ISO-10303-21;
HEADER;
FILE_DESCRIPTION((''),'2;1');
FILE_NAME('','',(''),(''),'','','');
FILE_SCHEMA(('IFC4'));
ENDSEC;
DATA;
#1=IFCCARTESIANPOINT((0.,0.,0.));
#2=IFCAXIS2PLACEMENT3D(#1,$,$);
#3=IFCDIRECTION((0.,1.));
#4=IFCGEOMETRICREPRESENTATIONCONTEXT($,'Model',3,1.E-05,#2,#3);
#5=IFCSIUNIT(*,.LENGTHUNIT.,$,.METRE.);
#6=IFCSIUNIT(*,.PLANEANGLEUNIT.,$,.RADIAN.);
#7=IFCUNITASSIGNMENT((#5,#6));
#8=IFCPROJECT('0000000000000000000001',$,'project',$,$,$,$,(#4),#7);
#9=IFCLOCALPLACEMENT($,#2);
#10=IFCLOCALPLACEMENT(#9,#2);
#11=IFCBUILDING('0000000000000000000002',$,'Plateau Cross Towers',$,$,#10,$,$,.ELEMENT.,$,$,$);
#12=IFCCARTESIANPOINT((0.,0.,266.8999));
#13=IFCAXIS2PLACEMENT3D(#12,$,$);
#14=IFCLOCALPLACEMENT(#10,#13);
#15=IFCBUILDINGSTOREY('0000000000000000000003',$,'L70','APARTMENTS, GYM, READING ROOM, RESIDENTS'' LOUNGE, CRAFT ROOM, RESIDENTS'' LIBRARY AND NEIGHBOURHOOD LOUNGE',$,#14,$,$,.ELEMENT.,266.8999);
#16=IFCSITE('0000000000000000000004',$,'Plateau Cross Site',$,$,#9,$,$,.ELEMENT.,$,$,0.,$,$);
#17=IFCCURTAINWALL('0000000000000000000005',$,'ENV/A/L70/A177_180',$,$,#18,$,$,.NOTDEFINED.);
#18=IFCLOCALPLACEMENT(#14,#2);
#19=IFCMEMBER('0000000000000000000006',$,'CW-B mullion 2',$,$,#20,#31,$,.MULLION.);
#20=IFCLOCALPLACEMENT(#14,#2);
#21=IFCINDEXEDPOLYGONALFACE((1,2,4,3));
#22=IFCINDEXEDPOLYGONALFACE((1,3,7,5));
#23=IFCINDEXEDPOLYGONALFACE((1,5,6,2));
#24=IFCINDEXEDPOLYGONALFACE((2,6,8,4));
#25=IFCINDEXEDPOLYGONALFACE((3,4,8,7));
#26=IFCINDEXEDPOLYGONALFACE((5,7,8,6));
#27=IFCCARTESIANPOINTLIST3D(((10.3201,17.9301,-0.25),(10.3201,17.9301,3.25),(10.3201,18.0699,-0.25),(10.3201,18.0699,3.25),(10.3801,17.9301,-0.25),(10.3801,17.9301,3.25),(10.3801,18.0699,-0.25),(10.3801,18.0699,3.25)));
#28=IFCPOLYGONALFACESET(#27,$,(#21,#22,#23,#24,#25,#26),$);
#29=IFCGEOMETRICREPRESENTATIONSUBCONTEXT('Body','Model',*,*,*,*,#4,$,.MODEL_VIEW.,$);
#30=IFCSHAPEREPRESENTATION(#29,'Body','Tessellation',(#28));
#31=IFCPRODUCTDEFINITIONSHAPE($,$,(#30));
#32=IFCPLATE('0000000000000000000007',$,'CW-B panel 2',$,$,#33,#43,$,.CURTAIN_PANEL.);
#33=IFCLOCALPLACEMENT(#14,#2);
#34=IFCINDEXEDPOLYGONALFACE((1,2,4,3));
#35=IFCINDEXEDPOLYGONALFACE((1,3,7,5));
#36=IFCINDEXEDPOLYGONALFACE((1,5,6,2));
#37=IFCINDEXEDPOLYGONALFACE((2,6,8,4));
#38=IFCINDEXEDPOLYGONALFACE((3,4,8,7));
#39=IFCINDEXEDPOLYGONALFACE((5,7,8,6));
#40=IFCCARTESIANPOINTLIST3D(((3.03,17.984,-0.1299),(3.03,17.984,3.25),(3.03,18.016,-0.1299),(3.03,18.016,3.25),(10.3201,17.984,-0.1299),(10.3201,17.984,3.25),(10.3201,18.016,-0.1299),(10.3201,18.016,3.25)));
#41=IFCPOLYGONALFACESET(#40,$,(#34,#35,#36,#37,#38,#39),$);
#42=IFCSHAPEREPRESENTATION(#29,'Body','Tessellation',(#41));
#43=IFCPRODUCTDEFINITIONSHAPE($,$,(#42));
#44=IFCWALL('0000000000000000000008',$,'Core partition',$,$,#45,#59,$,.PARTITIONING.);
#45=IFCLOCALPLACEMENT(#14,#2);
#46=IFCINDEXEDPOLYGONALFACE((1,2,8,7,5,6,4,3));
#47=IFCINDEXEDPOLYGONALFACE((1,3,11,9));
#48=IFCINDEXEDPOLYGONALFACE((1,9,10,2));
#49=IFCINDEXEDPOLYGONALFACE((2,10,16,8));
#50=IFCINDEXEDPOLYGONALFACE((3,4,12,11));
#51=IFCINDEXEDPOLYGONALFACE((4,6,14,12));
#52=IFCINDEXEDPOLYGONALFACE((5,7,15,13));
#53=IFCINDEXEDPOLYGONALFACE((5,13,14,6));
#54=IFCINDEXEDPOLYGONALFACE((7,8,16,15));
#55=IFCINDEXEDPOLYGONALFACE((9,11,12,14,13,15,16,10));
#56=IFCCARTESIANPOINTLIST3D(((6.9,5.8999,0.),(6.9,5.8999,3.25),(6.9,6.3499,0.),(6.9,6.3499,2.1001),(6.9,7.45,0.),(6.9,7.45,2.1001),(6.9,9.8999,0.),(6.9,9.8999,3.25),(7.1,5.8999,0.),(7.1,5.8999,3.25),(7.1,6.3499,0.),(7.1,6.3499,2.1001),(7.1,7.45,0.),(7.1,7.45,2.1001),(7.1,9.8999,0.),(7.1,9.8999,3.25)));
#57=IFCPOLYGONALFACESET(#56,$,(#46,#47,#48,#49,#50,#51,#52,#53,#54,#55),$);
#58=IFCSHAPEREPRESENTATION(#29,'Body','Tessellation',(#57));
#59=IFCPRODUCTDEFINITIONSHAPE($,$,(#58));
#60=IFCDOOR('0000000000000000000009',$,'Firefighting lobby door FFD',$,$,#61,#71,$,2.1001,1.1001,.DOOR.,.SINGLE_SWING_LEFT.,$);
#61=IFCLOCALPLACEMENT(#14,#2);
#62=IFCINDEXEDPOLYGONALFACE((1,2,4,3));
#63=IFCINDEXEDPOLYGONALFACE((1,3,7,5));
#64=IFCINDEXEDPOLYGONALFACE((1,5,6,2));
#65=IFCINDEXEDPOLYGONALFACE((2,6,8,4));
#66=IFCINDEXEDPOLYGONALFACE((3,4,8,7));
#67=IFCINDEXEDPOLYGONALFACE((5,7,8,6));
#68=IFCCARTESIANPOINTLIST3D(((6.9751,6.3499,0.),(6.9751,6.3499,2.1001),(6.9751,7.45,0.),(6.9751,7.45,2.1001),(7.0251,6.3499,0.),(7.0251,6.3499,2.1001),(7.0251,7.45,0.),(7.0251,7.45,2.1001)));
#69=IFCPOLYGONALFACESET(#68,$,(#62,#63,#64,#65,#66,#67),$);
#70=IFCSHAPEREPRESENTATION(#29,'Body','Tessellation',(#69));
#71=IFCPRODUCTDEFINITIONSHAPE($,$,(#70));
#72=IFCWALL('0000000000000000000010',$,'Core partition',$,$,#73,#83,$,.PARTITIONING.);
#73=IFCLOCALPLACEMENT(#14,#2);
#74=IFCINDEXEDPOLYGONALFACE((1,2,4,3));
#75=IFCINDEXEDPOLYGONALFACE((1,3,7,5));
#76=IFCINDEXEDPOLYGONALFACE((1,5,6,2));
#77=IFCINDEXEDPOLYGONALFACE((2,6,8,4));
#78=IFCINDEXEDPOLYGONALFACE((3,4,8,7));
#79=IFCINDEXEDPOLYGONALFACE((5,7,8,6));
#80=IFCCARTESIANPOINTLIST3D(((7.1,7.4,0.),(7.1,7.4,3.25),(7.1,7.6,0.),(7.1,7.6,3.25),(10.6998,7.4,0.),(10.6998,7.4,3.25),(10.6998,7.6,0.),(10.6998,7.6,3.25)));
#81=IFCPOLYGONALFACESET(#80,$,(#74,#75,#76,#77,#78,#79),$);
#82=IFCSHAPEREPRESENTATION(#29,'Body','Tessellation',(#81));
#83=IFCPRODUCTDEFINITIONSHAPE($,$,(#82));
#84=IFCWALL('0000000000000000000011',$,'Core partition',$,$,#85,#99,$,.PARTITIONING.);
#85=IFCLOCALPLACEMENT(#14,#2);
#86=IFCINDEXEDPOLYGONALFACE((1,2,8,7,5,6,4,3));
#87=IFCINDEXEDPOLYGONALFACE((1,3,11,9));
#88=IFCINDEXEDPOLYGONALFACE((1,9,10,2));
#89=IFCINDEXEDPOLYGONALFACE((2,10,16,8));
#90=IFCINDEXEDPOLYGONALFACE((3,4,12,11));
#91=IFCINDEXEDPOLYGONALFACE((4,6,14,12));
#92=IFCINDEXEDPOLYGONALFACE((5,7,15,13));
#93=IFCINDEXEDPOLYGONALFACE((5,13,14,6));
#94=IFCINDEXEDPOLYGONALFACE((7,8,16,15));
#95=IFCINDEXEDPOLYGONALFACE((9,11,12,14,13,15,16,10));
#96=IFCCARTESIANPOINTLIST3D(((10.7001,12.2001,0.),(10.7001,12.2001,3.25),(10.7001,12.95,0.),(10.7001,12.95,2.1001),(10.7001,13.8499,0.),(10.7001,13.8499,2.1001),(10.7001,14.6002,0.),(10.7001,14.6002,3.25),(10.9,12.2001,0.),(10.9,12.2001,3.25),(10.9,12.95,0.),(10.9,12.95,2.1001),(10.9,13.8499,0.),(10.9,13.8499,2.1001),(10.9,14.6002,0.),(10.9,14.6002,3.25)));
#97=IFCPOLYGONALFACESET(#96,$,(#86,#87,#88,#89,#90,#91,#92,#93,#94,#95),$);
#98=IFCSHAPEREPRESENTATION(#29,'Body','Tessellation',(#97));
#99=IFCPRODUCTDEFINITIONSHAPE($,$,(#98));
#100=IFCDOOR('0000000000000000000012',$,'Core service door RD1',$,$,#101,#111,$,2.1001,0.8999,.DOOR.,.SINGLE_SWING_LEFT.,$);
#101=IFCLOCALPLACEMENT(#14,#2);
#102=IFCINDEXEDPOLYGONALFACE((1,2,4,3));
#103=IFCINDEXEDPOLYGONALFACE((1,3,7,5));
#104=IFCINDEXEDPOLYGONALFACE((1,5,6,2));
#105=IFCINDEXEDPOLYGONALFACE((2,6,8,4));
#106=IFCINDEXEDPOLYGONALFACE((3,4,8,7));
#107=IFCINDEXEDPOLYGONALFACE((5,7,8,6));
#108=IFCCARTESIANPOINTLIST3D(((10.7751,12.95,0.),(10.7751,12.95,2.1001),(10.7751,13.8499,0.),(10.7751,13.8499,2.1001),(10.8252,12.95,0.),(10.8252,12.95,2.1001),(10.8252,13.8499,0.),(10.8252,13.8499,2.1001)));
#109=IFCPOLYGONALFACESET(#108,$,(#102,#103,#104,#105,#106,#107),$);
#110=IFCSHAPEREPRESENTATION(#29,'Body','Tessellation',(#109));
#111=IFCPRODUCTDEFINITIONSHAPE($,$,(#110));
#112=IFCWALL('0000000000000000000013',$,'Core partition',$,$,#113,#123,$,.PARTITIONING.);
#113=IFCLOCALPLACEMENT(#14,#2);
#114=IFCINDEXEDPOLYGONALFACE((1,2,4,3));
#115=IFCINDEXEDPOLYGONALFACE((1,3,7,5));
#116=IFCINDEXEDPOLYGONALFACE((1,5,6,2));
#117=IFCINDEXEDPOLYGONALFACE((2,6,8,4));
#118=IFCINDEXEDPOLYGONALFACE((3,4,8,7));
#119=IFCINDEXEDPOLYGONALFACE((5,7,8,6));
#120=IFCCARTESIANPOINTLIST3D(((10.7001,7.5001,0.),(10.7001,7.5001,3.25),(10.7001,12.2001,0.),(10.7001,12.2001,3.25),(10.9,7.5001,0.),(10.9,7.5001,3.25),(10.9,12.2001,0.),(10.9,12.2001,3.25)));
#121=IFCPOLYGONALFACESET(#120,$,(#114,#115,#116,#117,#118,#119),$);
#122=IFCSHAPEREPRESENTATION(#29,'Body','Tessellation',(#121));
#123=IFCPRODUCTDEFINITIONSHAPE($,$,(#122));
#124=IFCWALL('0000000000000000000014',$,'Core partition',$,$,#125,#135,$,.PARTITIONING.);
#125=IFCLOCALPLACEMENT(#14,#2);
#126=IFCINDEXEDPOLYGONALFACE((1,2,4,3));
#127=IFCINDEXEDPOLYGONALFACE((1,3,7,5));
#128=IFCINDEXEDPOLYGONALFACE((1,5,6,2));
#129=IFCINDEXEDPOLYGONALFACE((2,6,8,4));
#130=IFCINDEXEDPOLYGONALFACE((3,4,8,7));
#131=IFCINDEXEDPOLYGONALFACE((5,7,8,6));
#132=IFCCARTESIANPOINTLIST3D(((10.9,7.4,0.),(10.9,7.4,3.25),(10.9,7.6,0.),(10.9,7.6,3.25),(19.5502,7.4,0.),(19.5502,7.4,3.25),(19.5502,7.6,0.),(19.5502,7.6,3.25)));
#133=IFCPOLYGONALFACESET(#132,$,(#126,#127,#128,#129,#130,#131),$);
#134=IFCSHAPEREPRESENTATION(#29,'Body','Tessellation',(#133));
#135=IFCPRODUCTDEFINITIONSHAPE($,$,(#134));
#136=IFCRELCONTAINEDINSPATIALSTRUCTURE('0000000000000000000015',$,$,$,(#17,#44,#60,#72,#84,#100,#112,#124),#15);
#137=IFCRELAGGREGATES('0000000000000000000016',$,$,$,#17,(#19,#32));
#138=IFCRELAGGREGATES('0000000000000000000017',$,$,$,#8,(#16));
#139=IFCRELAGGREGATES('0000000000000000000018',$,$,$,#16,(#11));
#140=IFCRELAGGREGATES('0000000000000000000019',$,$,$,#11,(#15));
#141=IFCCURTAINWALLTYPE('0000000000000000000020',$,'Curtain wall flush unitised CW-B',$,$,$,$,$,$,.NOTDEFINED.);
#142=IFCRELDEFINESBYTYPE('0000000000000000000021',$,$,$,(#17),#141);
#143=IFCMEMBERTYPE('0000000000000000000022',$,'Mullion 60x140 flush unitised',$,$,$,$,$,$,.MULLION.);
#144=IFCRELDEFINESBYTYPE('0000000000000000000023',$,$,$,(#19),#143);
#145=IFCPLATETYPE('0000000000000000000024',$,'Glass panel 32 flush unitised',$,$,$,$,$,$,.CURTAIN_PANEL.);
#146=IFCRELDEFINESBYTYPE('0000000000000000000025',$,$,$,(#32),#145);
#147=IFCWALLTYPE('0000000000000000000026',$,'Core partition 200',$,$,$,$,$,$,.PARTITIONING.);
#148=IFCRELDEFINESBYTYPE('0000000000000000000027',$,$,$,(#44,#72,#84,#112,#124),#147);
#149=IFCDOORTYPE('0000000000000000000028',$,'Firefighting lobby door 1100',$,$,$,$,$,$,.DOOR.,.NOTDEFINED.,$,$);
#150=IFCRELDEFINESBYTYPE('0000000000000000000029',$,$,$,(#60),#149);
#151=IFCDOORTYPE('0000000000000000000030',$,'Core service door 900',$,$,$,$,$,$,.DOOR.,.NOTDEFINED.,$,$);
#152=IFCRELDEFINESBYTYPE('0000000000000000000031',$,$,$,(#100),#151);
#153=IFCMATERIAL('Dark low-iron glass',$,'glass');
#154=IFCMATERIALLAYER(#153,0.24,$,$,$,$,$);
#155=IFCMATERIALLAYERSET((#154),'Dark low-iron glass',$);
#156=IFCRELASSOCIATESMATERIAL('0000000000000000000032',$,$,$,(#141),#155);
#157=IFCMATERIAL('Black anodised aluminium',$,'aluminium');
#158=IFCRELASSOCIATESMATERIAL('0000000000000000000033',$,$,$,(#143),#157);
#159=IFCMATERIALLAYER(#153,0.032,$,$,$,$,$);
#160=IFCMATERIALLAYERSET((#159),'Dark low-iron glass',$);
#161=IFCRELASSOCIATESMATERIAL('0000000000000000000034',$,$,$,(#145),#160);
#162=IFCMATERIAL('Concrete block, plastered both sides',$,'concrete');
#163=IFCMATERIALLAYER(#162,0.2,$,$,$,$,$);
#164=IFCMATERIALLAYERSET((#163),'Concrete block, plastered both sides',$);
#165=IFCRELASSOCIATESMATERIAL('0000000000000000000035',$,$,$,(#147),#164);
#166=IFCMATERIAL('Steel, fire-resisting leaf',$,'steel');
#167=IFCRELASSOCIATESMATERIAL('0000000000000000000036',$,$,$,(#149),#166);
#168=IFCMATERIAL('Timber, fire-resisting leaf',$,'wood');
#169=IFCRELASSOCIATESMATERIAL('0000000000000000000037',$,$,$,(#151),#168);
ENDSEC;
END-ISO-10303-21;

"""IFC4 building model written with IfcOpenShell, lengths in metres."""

from ifc_helpers import new_model, si_unit, direction, frame, frame_2d, origin, origin_2d, place, context, subcontext, project, spatial, rectangle, extrude, material, layer, layer_set, material_profile, profile_set, type_object, element, fill, aggregate, save


model = new_model("IFC4")

# Units and contexts
model_context = context("Model", 3, precision=1e-05, world=origin(), true_north=direction((0.0, 1.0)))
body_context = subcontext(model_context, "Body", "Model", "MODEL_VIEW")
ifc_project = project(units=[si_unit("LENGTHUNIT", "METRE"), si_unit("PLANEANGLEUNIT", "RADIAN")], contexts=[model_context])

# Site, building, storey
site_placement = place(None, origin())
site = spatial("IfcSite", under=ifc_project, at=site_placement, Name="Plateau Cross Site", CompositionType="ELEMENT", RefElevation=0.0)
building_placement = place(site_placement, origin())
building = spatial("IfcBuilding", under=site, at=building_placement, Name="Plateau Cross Towers", CompositionType="ELEMENT")
storey_placement = place(building_placement, frame((0.0, 0.0, 266.8999)))
storey = spatial("IfcBuildingStorey", under=building, at=storey_placement, Name="L70", Description="APARTMENTS, GYM, READING ROOM, RESIDENTS' LOUNGE, CRAFT ROOM, RESIDENTS' LIBRARY AND NEIGHBOURHOOD LOUNGE", CompositionType="ELEMENT", Elevation=266.8999)

# Curtain wall, member, plate
ifc_material_1 = material(Name="Dark low-iron glass", Category="glass")
ifc_layer_1 = layer(ifc_material_1, 0.24)
ifc_layer_set_1 = layer_set([ifc_layer_1], Name="Dark low-iron glass")
curtain_wall_type = type_object("IfcCurtainWallType", Name="Curtain wall flush unitised CW-B", PredefinedType="NOTDEFINED", material=ifc_layer_set_1)
curtain_wall_placement = place(storey_placement, origin())
curtain_wall = element("IfcCurtainWall", 1, at=curtain_wall_placement, inside=storey, type_object=curtain_wall_type, Name="ENV/A/L70/A177_180", PredefinedType="NOTDEFINED")
ifc_material_2 = material(Name="Black anodised aluminium", Category="aluminium")
ifc_material_profile = material_profile(ifc_material_2, rectangle(XDim=0.0601, YDim=0.1399, at=origin_2d()), Name="MULLION 60x140")
ifc_profile_set = profile_set([ifc_material_profile], Name="Black anodised aluminium")
member_type = type_object("IfcMemberType", Name="Mullion 60x140 flush unitised", PredefinedType="MULLION", material=ifc_profile_set)
member_placement = place(storey_placement, frame((10.3501, 18.0, -0.25), z_axis=(0.0, 0.0, 1.0), x_axis=(-1.0, 0.0, 0.0)))
member = element("IfcMember", 2, at=member_placement, type_object=member_type, Name="CW-B mullion 2", PredefinedType="MULLION", context=body_context, shape_type="SweptSolid", body=[
    extrude(rectangle(XDim=0.0601, YDim=0.1399, at=origin_2d()), origin(), (0.0, 0.0, 1.0), 3.5),
])
ifc_layer_2 = layer(ifc_material_1, 0.032)
ifc_layer_set_2 = layer_set([ifc_layer_2], Name="Dark low-iron glass")
plate_type = type_object("IfcPlateType", Name="Glass panel 32 flush unitised", PredefinedType="CURTAIN_PANEL", material=ifc_layer_set_2)
plate_placement = place(storey_placement, frame((6.675, 18.0, -0.1299), z_axis=(0.0, 0.0, 1.0), x_axis=(-1.0, 0.0, 0.0)))
plate = element("IfcPlate", 3, at=plate_placement, type_object=plate_type, Name="CW-B panel 2", PredefinedType="CURTAIN_PANEL", context=body_context, shape_type="SweptSolid", body=[
    extrude(rectangle(XDim=7.29, YDim=0.032, at=origin_2d()), origin(), (0.0, 0.0, 1.0), 3.3799),
])
aggregate(curtain_wall, [member, plate])

# Wall, opening, door
ifc_material_3 = material(Name="Concrete block, plastered both sides", Category="concrete")
ifc_layer_3 = layer(ifc_material_3, 0.2)
ifc_layer_set_3 = layer_set([ifc_layer_3], Name="Concrete block, plastered both sides")
wall_type_1 = type_object("IfcWallType", Name="Core partition 200", PredefinedType="PARTITIONING", material=ifc_layer_set_3)
wall_1_placement = place(storey_placement, frame((7.0, 5.8999, 0.0), z_axis=(0.0, 0.0, 1.0), x_axis=(0.0, 1.0, 0.0)))
wall_1 = element("IfcWall", 4, at=wall_1_placement, inside=storey, type_object=wall_type_1, Name="Core partition", PredefinedType="PARTITIONING", context=body_context, shape_type="SweptSolid", body=[
    extrude(rectangle(XDim=4.0, YDim=0.2, at=frame_2d((2.0, 0.0))), origin(), (0.0, 0.0, 1.0), 3.25),
])
opening_1_placement = place(wall_1_placement, frame((0.45, 0.0, 0.0)))
opening_1 = element("IfcOpeningElement", 5, at=opening_1_placement, cuts=wall_1, PredefinedType="OPENING", context=body_context, shape_type="SweptSolid", body=[
    extrude(rectangle(XDim=1.1001, YDim=2.1001, at=frame_2d((0.55, 1.05))), frame((0.0, 0.1099, 0.0), z_axis=(0.0, -1.0, 0.0), x_axis=(1.0, 0.0, 0.0)), (0.0, 0.0, 1.0), 0.22),
])
ifc_material_4 = material(Name="Steel, fire-resisting leaf", Category="steel")
door_type_1 = type_object("IfcDoorType", Name="Firefighting lobby door 1100", OperationType="NOTDEFINED", PredefinedType="DOOR", material=ifc_material_4)
door_1_placement = place(opening_1_placement, origin())
door_1 = element("IfcDoor", 6, at=door_1_placement, inside=storey, type_object=door_type_1, Name="Firefighting lobby door FFD", OperationType="SINGLE_SWING_LEFT", OverallHeight=2.1001, OverallWidth=1.1001, PredefinedType="DOOR", context=body_context, shape_type="SweptSolid", body=[
    extrude(rectangle(XDim=1.1001, YDim=2.1001, at=frame_2d((0.55, 1.05))), frame((0.0, 0.0249, 0.0), z_axis=(0.0, -1.0, 0.0), x_axis=(1.0, 0.0, 0.0)), (0.0, 0.0, 1.0), 0.05),
])
fill(opening_1, door_1)

# Wall
wall_2_placement = place(storey_placement, frame((7.1001, 7.5, 0.0), z_axis=(0.0, 0.0, 1.0), x_axis=(1.0, 0.0, 0.0)))
element("IfcWall", 7, at=wall_2_placement, inside=storey, type_object=wall_type_1, Name="Core partition", PredefinedType="PARTITIONING", context=body_context, shape_type="SweptSolid", body=[
    extrude(rectangle(XDim=3.5999, YDim=0.2, at=frame_2d((1.7998, 0.0))), origin(), (0.0, 0.0, 1.0), 3.25),
])

# Wall, opening, door
wall_3_placement = place(storey_placement, frame((10.8, 12.2, 0.0), z_axis=(0.0, 0.0, 1.0), x_axis=(0.0, 1.0, 0.0)))
wall_3 = element("IfcWall", 8, at=wall_3_placement, inside=storey, type_object=wall_type_1, Name="Core partition", PredefinedType="PARTITIONING", context=body_context, shape_type="SweptSolid", body=[
    extrude(rectangle(XDim=2.4001, YDim=0.2, at=frame_2d((1.2002, 0.0))), origin(), (0.0, 0.0, 1.0), 3.25),
])
opening_2_placement = place(wall_3_placement, frame((0.75, 0.0, 0.0)))
opening_2 = element("IfcOpeningElement", 9, at=opening_2_placement, cuts=wall_3, PredefinedType="OPENING", context=body_context, shape_type="SweptSolid", body=[
    extrude(rectangle(XDim=0.8999, YDim=2.1001, at=frame_2d((0.45, 1.05))), frame((0.0, 0.1099, 0.0), z_axis=(0.0, -1.0, 0.0), x_axis=(1.0, 0.0, 0.0)), (0.0, 0.0, 1.0), 0.22),
])
ifc_material_5 = material(Name="Timber, fire-resisting leaf", Category="wood")
door_type_2 = type_object("IfcDoorType", Name="Core service door 900", OperationType="NOTDEFINED", PredefinedType="DOOR", material=ifc_material_5)
door_2_placement = place(opening_2_placement, origin())
door_2 = element("IfcDoor", 10, at=door_2_placement, inside=storey, type_object=door_type_2, Name="Core service door RD1", OperationType="SINGLE_SWING_LEFT", OverallHeight=2.1001, OverallWidth=0.8999, PredefinedType="DOOR", context=body_context, shape_type="SweptSolid", body=[
    extrude(rectangle(XDim=0.8999, YDim=2.1001, at=frame_2d((0.45, 1.05))), frame((0.0, 0.0249, 0.0), z_axis=(0.0, -1.0, 0.0), x_axis=(1.0, 0.0, 0.0)), (0.0, 0.0, 1.0), 0.05),
])
fill(opening_2, door_2)

# Walls
wall_4_placement = place(storey_placement, frame((10.8, 7.5, 0.0), z_axis=(0.0, 0.0, 1.0), x_axis=(0.0, 1.0, 0.0)))
element("IfcWall", 11, at=wall_4_placement, inside=storey, type_object=wall_type_1, Name="Core partition", PredefinedType="PARTITIONING", context=body_context, shape_type="SweptSolid", body=[
    extrude(rectangle(XDim=4.7, YDim=0.2, at=frame_2d((2.3501, 0.0))), origin(), (0.0, 0.0, 1.0), 3.25),
])
wall_5_placement = place(storey_placement, frame((10.8999, 7.5, 0.0), z_axis=(0.0, 0.0, 1.0), x_axis=(1.0, 0.0, 0.0)))
element("IfcWall", 12, at=wall_5_placement, inside=storey, type_object=wall_type_1, Name="Core partition", PredefinedType="PARTITIONING", context=body_context, shape_type="SweptSolid", body=[
    extrude(rectangle(XDim=8.6501, YDim=0.2, at=frame_2d((4.3252, 0.0))), origin(), (0.0, 0.0, 1.0), 3.25),
])

save(model, "model.ifc")
